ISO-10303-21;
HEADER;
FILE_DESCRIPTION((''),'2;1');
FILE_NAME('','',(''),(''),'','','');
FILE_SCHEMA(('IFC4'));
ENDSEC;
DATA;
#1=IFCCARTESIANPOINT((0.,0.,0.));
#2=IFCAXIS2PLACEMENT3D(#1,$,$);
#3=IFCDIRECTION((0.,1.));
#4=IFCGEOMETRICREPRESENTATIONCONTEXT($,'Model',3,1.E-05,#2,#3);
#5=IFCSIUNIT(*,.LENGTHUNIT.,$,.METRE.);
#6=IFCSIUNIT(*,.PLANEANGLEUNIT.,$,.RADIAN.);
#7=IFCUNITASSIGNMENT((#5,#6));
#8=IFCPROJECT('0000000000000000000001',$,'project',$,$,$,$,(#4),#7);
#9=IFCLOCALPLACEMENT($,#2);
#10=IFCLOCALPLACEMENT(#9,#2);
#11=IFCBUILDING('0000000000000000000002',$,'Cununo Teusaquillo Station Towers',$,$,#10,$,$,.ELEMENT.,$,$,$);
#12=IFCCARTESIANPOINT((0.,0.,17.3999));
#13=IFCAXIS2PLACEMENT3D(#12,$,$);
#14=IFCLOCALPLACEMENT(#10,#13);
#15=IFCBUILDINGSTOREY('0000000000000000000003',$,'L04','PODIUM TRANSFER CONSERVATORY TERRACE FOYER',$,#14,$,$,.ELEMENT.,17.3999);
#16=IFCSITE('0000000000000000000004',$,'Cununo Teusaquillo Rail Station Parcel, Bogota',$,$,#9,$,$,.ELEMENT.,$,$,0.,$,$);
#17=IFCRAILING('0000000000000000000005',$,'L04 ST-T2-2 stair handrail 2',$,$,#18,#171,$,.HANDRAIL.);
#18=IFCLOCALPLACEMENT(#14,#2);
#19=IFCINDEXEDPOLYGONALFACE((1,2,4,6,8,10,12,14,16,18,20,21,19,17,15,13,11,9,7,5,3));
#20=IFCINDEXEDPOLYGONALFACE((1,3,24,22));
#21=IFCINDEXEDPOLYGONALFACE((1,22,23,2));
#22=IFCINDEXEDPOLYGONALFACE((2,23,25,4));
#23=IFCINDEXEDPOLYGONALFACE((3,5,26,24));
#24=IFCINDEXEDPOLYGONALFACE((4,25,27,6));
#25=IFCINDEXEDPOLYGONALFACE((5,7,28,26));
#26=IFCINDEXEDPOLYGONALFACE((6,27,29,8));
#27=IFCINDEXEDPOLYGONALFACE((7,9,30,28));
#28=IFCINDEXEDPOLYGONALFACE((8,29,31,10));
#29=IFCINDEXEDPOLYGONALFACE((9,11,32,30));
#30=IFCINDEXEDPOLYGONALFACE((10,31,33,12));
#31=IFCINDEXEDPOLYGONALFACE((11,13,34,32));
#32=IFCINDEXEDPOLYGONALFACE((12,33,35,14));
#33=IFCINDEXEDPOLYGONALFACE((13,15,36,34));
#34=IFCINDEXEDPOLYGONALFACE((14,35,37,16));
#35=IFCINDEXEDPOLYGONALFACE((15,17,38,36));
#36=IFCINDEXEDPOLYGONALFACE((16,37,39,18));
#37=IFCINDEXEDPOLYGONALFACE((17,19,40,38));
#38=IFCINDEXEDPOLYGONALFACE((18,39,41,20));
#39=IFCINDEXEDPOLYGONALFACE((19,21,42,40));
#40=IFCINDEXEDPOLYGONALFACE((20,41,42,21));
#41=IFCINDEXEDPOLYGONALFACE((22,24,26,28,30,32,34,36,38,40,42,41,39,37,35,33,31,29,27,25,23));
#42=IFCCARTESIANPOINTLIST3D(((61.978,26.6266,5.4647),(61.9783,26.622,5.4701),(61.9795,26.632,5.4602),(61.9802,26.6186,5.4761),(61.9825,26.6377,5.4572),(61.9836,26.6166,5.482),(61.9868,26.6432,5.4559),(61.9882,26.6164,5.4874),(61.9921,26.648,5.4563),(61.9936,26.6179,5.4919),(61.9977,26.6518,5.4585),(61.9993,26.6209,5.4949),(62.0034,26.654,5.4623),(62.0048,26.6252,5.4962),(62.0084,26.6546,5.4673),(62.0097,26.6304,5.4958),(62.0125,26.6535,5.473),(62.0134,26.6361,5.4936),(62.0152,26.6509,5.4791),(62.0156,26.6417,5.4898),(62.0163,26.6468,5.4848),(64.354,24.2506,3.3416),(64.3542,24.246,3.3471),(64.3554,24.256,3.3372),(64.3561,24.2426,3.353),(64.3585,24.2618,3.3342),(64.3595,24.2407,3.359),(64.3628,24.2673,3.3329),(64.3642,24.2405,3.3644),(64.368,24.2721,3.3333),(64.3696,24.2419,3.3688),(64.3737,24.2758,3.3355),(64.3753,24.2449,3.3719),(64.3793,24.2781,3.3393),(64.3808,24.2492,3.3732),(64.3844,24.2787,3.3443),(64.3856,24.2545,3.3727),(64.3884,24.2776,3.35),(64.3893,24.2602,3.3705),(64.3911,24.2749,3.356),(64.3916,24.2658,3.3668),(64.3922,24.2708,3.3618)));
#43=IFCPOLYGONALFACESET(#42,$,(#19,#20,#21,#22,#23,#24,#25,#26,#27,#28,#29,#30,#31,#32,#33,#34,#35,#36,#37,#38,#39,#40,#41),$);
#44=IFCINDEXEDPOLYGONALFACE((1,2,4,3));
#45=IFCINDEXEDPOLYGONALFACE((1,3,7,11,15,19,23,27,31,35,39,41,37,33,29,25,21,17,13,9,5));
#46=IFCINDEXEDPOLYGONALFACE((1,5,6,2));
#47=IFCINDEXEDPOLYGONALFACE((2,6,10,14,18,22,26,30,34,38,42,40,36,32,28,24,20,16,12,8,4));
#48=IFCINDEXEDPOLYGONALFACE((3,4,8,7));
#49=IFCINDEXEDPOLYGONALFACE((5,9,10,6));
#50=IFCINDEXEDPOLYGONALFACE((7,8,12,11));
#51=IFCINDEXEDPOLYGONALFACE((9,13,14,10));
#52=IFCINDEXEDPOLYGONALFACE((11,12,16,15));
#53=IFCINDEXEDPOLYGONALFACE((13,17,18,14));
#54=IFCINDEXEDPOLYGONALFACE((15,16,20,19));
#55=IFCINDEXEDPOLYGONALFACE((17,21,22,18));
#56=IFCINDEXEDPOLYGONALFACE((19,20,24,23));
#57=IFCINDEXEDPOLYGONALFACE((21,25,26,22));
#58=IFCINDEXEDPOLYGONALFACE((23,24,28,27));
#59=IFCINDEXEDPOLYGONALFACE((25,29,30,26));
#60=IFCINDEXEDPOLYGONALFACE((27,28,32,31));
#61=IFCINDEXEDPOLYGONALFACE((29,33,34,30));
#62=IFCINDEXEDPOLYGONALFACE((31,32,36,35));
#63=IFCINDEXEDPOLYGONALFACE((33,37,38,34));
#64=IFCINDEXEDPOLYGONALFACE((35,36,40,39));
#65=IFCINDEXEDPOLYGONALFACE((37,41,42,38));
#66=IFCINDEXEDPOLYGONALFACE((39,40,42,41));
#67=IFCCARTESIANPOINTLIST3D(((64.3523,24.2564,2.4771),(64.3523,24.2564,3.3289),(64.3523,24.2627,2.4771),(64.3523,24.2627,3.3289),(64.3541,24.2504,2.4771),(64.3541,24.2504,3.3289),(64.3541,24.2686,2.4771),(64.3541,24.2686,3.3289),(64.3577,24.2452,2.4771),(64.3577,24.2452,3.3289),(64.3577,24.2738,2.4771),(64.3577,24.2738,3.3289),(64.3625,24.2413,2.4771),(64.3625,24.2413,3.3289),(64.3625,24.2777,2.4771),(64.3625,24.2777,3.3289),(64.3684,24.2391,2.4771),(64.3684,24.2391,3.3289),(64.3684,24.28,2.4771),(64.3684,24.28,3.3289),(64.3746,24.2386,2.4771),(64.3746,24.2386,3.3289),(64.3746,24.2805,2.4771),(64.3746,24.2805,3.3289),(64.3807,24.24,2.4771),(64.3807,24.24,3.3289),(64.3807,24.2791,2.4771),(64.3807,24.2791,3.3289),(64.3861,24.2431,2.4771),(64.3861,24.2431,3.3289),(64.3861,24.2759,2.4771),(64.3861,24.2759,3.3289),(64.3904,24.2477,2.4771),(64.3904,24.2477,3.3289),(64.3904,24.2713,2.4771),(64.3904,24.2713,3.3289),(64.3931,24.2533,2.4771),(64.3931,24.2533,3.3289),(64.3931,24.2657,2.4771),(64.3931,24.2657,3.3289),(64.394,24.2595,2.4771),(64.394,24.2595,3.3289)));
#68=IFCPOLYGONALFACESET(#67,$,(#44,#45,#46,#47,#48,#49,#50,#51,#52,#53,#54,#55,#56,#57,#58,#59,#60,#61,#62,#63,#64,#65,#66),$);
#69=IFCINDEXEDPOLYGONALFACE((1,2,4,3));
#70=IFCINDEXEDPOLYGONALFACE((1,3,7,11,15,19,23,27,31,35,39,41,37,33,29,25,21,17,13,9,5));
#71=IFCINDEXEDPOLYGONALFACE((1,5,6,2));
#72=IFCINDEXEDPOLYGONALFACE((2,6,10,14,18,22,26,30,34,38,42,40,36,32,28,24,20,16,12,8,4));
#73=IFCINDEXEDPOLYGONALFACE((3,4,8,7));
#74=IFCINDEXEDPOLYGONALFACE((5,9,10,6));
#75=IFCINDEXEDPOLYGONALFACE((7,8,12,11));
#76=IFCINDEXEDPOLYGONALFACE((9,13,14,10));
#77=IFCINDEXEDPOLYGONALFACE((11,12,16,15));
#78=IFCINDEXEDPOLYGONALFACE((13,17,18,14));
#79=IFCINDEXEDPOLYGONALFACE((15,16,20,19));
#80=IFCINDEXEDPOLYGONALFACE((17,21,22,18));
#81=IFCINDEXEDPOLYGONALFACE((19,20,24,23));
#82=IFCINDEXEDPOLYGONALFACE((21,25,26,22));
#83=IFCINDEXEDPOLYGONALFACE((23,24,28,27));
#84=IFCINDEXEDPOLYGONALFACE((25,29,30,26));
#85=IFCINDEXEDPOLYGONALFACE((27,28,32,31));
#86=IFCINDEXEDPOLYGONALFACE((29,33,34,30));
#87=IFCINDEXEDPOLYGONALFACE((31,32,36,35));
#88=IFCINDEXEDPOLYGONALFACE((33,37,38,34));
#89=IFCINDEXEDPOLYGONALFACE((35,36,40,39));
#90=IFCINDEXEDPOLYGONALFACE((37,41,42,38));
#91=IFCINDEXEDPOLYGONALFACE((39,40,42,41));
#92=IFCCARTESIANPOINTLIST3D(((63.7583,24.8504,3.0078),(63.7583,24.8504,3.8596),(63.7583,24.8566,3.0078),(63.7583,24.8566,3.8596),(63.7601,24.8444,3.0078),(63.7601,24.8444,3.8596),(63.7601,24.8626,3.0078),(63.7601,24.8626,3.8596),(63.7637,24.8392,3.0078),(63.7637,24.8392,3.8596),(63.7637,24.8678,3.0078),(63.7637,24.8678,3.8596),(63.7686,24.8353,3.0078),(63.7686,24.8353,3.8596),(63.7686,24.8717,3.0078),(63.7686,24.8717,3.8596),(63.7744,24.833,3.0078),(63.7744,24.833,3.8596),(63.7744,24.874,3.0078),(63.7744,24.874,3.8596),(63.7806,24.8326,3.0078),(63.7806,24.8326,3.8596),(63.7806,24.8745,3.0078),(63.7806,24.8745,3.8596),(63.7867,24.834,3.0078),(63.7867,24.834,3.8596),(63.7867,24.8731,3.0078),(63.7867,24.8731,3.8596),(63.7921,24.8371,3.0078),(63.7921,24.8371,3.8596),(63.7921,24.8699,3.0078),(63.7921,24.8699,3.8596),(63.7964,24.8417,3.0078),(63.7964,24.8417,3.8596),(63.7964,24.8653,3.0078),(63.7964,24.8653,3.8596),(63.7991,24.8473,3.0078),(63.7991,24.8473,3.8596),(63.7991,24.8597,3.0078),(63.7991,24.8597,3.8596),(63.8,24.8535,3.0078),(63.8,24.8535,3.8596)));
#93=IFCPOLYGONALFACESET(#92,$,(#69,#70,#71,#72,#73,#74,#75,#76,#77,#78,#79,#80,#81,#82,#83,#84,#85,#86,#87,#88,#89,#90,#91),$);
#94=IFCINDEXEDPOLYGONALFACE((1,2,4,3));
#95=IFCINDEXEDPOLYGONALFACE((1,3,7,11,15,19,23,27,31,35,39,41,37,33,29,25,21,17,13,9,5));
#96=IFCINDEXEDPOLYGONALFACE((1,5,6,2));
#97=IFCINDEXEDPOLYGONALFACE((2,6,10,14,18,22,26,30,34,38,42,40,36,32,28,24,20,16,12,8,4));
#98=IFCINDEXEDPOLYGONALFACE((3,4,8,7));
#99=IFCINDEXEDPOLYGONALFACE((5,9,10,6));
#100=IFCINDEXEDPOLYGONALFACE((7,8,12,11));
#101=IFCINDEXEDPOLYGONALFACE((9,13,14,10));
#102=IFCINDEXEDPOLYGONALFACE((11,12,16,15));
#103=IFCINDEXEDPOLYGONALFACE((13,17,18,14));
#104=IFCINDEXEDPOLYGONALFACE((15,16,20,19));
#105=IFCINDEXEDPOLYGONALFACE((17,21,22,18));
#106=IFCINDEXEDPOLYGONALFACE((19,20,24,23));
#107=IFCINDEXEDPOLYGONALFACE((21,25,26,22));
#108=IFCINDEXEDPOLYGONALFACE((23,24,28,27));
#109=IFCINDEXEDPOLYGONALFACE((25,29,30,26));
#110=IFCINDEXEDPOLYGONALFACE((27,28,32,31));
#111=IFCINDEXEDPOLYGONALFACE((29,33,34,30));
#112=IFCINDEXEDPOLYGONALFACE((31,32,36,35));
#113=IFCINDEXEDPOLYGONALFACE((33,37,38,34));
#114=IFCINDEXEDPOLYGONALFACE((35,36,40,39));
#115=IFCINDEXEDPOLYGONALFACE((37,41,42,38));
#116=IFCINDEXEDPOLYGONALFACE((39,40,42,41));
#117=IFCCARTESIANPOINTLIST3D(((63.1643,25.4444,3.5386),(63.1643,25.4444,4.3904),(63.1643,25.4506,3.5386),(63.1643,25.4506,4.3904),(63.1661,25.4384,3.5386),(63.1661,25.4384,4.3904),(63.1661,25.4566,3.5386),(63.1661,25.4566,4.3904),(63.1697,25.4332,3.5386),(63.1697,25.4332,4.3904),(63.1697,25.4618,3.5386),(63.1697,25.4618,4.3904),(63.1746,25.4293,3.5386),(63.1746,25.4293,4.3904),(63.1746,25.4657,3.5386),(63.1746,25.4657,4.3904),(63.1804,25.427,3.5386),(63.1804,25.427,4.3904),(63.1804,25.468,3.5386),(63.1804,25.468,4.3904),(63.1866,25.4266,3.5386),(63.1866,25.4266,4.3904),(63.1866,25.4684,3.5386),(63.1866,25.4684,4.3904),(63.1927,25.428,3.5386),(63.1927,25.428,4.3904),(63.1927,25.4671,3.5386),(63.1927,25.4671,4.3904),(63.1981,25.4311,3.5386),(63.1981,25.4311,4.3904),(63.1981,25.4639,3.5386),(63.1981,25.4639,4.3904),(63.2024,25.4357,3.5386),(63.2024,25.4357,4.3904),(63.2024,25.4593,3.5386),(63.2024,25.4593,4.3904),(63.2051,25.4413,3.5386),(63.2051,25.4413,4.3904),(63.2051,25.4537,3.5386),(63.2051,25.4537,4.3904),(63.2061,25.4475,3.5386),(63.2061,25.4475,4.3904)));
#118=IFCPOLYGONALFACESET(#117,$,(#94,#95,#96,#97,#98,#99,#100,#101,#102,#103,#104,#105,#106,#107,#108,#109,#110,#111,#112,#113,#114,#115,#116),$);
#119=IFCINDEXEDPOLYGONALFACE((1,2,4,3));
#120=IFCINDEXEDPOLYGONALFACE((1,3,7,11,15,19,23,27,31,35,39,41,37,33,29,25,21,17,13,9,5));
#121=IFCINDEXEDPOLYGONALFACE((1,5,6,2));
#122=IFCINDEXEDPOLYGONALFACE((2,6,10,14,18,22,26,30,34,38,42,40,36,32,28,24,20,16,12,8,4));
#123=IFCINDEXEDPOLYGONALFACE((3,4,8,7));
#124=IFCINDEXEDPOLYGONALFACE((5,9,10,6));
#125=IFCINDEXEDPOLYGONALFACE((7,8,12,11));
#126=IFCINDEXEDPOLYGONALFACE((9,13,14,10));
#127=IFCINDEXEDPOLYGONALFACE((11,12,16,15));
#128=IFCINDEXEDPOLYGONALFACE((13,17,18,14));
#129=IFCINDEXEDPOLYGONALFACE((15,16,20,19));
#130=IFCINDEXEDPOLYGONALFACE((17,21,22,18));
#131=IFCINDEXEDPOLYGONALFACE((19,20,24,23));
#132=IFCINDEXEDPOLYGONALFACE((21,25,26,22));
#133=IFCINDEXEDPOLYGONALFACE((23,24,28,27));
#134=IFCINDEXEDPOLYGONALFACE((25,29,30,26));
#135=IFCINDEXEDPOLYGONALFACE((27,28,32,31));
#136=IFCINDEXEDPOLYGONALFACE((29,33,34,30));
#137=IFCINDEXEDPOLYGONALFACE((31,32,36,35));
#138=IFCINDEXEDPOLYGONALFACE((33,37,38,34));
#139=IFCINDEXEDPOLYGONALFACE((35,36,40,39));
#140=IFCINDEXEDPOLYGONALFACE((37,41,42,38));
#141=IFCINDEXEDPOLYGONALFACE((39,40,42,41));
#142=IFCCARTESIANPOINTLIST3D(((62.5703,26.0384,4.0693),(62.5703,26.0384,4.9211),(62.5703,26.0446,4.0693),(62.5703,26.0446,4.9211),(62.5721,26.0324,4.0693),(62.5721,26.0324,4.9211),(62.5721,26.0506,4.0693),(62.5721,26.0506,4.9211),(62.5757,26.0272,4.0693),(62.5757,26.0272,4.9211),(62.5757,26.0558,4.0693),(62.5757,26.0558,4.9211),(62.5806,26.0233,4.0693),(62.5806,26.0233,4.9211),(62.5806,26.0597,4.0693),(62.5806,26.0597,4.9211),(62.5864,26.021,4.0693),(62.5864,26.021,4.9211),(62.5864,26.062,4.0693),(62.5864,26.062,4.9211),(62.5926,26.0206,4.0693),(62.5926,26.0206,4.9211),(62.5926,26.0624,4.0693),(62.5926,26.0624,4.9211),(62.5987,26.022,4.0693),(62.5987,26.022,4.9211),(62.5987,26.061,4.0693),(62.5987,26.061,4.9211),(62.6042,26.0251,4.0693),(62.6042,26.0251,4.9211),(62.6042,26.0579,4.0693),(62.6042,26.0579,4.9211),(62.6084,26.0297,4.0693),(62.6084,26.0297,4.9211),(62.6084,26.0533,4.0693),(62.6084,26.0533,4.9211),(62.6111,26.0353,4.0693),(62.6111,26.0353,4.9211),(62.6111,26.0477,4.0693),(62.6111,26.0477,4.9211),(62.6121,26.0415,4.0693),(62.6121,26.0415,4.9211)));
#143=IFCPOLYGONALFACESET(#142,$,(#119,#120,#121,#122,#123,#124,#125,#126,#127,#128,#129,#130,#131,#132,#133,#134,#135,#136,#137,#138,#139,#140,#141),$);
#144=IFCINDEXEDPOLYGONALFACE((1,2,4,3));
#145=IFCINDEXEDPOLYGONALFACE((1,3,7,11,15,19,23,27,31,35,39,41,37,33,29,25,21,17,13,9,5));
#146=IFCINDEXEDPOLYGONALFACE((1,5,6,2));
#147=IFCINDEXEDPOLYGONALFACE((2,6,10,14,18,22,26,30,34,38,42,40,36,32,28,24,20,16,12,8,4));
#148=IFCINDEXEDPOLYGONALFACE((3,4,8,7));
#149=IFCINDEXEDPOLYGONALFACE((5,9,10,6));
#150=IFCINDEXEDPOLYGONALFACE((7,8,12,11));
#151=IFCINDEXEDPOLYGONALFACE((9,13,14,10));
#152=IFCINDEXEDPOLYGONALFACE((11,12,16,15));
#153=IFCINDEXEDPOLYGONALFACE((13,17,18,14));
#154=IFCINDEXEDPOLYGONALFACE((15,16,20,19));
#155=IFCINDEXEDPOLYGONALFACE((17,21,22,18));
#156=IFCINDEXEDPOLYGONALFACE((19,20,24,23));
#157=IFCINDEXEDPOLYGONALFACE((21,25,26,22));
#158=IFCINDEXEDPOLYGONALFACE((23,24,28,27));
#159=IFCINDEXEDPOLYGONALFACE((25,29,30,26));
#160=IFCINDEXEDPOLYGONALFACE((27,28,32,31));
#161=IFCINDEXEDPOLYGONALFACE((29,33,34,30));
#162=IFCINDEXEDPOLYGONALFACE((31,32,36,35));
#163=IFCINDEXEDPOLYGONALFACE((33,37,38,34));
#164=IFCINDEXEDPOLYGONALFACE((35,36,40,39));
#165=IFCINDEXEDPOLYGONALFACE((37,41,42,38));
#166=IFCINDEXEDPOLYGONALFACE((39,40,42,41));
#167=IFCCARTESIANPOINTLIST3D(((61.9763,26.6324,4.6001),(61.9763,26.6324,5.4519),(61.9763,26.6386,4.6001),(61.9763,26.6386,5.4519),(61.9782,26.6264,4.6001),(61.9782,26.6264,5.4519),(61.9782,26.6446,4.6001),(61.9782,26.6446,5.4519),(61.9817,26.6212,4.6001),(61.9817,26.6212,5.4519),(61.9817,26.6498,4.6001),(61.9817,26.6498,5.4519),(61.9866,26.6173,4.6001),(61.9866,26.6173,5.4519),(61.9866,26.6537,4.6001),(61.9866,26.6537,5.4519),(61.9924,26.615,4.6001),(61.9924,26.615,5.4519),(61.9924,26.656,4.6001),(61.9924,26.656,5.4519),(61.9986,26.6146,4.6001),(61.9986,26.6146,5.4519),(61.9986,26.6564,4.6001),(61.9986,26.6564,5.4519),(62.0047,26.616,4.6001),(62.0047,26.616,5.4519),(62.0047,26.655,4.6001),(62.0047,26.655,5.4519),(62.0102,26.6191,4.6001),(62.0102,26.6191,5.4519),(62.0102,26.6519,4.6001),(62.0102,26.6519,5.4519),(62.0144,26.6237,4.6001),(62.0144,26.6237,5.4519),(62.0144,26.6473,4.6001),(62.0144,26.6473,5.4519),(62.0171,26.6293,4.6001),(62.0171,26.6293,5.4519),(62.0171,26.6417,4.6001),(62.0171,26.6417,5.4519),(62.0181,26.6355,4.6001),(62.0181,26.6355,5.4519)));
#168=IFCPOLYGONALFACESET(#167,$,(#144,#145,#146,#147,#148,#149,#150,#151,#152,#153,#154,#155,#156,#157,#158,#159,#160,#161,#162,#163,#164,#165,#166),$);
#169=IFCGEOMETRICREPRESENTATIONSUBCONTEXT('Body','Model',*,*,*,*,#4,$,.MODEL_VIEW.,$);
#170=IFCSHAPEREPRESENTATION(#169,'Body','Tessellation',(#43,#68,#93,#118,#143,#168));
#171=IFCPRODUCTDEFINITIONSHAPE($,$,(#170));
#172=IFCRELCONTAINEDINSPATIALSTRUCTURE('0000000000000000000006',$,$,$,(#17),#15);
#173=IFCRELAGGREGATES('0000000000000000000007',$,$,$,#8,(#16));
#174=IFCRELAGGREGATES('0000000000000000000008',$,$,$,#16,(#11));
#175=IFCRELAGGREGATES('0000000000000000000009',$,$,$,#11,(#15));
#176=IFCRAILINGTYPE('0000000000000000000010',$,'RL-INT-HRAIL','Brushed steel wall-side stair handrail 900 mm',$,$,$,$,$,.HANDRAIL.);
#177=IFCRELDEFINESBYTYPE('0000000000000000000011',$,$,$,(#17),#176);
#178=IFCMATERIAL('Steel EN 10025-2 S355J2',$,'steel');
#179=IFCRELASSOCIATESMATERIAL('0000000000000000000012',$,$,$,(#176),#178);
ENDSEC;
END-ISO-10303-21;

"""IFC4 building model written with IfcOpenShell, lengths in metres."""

from ifc_helpers import new_model, si_unit, direction, frame, origin, origin_2d, place, context, subcontext, project, spatial, circle, extrude, material, type_object, element, save


model = new_model("IFC4")

# Units and contexts
model_context = context("Model", 3, precision=1e-05, world=origin(), true_north=direction((0.0, 1.0)))
body_context = subcontext(model_context, "Body", "Model", "MODEL_VIEW")
ifc_project = project(units=[si_unit("LENGTHUNIT", "METRE"), si_unit("PLANEANGLEUNIT", "RADIAN")], contexts=[model_context])

# Site, building, storey
site_placement = place(None, origin())
site = spatial("IfcSite", under=ifc_project, at=site_placement, Name="Cununo Teusaquillo Rail Station Parcel, Bogota", CompositionType="ELEMENT", RefElevation=0.0)
building_placement = place(site_placement, origin())
building = spatial("IfcBuilding", under=site, at=building_placement, Name="Cununo Teusaquillo Station Towers", CompositionType="ELEMENT")
storey_placement = place(building_placement, frame((0.0, 0.0, 17.3999)))
storey = spatial("IfcBuildingStorey", under=building, at=storey_placement, Name="L04", Description="PODIUM TRANSFER CONSERVATORY TERRACE FOYER", CompositionType="ELEMENT", Elevation=17.3999)

# Railing
ifc_material_1 = material(Name="Steel EN 10025-2 S355J2", Category="steel")
railing_type_1 = type_object("IfcRailingType", Name="RL-INT-HRAIL", Description="Brushed steel wall-side stair handrail 900 mm", PredefinedType="HANDRAIL", material=ifc_material_1)
railing_1_placement = place(storey_placement, frame((64.373, 24.2595, 2.4771)))
element("IfcRailing", 1, at=railing_1_placement, inside=storey, type_object=railing_type_1, Name="L04 ST-T2-2 stair handrail 2", PredefinedType="HANDRAIL", context=body_context, shape_type="SweptSolid", body=[
    extrude(circle(Radius=0.0239, at=origin_2d()), frame((0.0, 0.0, 0.876), z_axis=(-0.597782, 0.597782, 0.534147), x_axis=(-0.707107, -0.707107, 0.0)), (0.0, 0.0, 1.0), 3.9746),
    extrude(circle(Radius=0.021, at=origin_2d()), origin(), (0.0, 0.0, 1.0), 0.8518),
    extrude(circle(Radius=0.021, at=origin_2d()), frame((-0.594, 0.594, 0.5308)), (0.0, 0.0, 1.0), 0.8518),
    extrude(circle(Radius=0.021, at=origin_2d()), frame((-1.188, 1.188, 1.0615)), (0.0, 0.0, 1.0), 0.8518),
    extrude(circle(Radius=0.021, at=origin_2d()), frame((-1.782, 1.782, 1.5923)), (0.0, 0.0, 1.0), 0.8518),
    extrude(circle(Radius=0.021, at=origin_2d()), frame((-2.376, 2.376, 2.123)), (0.0, 0.0, 1.0), 0.8518),
])

save(model, "model.ifc")
